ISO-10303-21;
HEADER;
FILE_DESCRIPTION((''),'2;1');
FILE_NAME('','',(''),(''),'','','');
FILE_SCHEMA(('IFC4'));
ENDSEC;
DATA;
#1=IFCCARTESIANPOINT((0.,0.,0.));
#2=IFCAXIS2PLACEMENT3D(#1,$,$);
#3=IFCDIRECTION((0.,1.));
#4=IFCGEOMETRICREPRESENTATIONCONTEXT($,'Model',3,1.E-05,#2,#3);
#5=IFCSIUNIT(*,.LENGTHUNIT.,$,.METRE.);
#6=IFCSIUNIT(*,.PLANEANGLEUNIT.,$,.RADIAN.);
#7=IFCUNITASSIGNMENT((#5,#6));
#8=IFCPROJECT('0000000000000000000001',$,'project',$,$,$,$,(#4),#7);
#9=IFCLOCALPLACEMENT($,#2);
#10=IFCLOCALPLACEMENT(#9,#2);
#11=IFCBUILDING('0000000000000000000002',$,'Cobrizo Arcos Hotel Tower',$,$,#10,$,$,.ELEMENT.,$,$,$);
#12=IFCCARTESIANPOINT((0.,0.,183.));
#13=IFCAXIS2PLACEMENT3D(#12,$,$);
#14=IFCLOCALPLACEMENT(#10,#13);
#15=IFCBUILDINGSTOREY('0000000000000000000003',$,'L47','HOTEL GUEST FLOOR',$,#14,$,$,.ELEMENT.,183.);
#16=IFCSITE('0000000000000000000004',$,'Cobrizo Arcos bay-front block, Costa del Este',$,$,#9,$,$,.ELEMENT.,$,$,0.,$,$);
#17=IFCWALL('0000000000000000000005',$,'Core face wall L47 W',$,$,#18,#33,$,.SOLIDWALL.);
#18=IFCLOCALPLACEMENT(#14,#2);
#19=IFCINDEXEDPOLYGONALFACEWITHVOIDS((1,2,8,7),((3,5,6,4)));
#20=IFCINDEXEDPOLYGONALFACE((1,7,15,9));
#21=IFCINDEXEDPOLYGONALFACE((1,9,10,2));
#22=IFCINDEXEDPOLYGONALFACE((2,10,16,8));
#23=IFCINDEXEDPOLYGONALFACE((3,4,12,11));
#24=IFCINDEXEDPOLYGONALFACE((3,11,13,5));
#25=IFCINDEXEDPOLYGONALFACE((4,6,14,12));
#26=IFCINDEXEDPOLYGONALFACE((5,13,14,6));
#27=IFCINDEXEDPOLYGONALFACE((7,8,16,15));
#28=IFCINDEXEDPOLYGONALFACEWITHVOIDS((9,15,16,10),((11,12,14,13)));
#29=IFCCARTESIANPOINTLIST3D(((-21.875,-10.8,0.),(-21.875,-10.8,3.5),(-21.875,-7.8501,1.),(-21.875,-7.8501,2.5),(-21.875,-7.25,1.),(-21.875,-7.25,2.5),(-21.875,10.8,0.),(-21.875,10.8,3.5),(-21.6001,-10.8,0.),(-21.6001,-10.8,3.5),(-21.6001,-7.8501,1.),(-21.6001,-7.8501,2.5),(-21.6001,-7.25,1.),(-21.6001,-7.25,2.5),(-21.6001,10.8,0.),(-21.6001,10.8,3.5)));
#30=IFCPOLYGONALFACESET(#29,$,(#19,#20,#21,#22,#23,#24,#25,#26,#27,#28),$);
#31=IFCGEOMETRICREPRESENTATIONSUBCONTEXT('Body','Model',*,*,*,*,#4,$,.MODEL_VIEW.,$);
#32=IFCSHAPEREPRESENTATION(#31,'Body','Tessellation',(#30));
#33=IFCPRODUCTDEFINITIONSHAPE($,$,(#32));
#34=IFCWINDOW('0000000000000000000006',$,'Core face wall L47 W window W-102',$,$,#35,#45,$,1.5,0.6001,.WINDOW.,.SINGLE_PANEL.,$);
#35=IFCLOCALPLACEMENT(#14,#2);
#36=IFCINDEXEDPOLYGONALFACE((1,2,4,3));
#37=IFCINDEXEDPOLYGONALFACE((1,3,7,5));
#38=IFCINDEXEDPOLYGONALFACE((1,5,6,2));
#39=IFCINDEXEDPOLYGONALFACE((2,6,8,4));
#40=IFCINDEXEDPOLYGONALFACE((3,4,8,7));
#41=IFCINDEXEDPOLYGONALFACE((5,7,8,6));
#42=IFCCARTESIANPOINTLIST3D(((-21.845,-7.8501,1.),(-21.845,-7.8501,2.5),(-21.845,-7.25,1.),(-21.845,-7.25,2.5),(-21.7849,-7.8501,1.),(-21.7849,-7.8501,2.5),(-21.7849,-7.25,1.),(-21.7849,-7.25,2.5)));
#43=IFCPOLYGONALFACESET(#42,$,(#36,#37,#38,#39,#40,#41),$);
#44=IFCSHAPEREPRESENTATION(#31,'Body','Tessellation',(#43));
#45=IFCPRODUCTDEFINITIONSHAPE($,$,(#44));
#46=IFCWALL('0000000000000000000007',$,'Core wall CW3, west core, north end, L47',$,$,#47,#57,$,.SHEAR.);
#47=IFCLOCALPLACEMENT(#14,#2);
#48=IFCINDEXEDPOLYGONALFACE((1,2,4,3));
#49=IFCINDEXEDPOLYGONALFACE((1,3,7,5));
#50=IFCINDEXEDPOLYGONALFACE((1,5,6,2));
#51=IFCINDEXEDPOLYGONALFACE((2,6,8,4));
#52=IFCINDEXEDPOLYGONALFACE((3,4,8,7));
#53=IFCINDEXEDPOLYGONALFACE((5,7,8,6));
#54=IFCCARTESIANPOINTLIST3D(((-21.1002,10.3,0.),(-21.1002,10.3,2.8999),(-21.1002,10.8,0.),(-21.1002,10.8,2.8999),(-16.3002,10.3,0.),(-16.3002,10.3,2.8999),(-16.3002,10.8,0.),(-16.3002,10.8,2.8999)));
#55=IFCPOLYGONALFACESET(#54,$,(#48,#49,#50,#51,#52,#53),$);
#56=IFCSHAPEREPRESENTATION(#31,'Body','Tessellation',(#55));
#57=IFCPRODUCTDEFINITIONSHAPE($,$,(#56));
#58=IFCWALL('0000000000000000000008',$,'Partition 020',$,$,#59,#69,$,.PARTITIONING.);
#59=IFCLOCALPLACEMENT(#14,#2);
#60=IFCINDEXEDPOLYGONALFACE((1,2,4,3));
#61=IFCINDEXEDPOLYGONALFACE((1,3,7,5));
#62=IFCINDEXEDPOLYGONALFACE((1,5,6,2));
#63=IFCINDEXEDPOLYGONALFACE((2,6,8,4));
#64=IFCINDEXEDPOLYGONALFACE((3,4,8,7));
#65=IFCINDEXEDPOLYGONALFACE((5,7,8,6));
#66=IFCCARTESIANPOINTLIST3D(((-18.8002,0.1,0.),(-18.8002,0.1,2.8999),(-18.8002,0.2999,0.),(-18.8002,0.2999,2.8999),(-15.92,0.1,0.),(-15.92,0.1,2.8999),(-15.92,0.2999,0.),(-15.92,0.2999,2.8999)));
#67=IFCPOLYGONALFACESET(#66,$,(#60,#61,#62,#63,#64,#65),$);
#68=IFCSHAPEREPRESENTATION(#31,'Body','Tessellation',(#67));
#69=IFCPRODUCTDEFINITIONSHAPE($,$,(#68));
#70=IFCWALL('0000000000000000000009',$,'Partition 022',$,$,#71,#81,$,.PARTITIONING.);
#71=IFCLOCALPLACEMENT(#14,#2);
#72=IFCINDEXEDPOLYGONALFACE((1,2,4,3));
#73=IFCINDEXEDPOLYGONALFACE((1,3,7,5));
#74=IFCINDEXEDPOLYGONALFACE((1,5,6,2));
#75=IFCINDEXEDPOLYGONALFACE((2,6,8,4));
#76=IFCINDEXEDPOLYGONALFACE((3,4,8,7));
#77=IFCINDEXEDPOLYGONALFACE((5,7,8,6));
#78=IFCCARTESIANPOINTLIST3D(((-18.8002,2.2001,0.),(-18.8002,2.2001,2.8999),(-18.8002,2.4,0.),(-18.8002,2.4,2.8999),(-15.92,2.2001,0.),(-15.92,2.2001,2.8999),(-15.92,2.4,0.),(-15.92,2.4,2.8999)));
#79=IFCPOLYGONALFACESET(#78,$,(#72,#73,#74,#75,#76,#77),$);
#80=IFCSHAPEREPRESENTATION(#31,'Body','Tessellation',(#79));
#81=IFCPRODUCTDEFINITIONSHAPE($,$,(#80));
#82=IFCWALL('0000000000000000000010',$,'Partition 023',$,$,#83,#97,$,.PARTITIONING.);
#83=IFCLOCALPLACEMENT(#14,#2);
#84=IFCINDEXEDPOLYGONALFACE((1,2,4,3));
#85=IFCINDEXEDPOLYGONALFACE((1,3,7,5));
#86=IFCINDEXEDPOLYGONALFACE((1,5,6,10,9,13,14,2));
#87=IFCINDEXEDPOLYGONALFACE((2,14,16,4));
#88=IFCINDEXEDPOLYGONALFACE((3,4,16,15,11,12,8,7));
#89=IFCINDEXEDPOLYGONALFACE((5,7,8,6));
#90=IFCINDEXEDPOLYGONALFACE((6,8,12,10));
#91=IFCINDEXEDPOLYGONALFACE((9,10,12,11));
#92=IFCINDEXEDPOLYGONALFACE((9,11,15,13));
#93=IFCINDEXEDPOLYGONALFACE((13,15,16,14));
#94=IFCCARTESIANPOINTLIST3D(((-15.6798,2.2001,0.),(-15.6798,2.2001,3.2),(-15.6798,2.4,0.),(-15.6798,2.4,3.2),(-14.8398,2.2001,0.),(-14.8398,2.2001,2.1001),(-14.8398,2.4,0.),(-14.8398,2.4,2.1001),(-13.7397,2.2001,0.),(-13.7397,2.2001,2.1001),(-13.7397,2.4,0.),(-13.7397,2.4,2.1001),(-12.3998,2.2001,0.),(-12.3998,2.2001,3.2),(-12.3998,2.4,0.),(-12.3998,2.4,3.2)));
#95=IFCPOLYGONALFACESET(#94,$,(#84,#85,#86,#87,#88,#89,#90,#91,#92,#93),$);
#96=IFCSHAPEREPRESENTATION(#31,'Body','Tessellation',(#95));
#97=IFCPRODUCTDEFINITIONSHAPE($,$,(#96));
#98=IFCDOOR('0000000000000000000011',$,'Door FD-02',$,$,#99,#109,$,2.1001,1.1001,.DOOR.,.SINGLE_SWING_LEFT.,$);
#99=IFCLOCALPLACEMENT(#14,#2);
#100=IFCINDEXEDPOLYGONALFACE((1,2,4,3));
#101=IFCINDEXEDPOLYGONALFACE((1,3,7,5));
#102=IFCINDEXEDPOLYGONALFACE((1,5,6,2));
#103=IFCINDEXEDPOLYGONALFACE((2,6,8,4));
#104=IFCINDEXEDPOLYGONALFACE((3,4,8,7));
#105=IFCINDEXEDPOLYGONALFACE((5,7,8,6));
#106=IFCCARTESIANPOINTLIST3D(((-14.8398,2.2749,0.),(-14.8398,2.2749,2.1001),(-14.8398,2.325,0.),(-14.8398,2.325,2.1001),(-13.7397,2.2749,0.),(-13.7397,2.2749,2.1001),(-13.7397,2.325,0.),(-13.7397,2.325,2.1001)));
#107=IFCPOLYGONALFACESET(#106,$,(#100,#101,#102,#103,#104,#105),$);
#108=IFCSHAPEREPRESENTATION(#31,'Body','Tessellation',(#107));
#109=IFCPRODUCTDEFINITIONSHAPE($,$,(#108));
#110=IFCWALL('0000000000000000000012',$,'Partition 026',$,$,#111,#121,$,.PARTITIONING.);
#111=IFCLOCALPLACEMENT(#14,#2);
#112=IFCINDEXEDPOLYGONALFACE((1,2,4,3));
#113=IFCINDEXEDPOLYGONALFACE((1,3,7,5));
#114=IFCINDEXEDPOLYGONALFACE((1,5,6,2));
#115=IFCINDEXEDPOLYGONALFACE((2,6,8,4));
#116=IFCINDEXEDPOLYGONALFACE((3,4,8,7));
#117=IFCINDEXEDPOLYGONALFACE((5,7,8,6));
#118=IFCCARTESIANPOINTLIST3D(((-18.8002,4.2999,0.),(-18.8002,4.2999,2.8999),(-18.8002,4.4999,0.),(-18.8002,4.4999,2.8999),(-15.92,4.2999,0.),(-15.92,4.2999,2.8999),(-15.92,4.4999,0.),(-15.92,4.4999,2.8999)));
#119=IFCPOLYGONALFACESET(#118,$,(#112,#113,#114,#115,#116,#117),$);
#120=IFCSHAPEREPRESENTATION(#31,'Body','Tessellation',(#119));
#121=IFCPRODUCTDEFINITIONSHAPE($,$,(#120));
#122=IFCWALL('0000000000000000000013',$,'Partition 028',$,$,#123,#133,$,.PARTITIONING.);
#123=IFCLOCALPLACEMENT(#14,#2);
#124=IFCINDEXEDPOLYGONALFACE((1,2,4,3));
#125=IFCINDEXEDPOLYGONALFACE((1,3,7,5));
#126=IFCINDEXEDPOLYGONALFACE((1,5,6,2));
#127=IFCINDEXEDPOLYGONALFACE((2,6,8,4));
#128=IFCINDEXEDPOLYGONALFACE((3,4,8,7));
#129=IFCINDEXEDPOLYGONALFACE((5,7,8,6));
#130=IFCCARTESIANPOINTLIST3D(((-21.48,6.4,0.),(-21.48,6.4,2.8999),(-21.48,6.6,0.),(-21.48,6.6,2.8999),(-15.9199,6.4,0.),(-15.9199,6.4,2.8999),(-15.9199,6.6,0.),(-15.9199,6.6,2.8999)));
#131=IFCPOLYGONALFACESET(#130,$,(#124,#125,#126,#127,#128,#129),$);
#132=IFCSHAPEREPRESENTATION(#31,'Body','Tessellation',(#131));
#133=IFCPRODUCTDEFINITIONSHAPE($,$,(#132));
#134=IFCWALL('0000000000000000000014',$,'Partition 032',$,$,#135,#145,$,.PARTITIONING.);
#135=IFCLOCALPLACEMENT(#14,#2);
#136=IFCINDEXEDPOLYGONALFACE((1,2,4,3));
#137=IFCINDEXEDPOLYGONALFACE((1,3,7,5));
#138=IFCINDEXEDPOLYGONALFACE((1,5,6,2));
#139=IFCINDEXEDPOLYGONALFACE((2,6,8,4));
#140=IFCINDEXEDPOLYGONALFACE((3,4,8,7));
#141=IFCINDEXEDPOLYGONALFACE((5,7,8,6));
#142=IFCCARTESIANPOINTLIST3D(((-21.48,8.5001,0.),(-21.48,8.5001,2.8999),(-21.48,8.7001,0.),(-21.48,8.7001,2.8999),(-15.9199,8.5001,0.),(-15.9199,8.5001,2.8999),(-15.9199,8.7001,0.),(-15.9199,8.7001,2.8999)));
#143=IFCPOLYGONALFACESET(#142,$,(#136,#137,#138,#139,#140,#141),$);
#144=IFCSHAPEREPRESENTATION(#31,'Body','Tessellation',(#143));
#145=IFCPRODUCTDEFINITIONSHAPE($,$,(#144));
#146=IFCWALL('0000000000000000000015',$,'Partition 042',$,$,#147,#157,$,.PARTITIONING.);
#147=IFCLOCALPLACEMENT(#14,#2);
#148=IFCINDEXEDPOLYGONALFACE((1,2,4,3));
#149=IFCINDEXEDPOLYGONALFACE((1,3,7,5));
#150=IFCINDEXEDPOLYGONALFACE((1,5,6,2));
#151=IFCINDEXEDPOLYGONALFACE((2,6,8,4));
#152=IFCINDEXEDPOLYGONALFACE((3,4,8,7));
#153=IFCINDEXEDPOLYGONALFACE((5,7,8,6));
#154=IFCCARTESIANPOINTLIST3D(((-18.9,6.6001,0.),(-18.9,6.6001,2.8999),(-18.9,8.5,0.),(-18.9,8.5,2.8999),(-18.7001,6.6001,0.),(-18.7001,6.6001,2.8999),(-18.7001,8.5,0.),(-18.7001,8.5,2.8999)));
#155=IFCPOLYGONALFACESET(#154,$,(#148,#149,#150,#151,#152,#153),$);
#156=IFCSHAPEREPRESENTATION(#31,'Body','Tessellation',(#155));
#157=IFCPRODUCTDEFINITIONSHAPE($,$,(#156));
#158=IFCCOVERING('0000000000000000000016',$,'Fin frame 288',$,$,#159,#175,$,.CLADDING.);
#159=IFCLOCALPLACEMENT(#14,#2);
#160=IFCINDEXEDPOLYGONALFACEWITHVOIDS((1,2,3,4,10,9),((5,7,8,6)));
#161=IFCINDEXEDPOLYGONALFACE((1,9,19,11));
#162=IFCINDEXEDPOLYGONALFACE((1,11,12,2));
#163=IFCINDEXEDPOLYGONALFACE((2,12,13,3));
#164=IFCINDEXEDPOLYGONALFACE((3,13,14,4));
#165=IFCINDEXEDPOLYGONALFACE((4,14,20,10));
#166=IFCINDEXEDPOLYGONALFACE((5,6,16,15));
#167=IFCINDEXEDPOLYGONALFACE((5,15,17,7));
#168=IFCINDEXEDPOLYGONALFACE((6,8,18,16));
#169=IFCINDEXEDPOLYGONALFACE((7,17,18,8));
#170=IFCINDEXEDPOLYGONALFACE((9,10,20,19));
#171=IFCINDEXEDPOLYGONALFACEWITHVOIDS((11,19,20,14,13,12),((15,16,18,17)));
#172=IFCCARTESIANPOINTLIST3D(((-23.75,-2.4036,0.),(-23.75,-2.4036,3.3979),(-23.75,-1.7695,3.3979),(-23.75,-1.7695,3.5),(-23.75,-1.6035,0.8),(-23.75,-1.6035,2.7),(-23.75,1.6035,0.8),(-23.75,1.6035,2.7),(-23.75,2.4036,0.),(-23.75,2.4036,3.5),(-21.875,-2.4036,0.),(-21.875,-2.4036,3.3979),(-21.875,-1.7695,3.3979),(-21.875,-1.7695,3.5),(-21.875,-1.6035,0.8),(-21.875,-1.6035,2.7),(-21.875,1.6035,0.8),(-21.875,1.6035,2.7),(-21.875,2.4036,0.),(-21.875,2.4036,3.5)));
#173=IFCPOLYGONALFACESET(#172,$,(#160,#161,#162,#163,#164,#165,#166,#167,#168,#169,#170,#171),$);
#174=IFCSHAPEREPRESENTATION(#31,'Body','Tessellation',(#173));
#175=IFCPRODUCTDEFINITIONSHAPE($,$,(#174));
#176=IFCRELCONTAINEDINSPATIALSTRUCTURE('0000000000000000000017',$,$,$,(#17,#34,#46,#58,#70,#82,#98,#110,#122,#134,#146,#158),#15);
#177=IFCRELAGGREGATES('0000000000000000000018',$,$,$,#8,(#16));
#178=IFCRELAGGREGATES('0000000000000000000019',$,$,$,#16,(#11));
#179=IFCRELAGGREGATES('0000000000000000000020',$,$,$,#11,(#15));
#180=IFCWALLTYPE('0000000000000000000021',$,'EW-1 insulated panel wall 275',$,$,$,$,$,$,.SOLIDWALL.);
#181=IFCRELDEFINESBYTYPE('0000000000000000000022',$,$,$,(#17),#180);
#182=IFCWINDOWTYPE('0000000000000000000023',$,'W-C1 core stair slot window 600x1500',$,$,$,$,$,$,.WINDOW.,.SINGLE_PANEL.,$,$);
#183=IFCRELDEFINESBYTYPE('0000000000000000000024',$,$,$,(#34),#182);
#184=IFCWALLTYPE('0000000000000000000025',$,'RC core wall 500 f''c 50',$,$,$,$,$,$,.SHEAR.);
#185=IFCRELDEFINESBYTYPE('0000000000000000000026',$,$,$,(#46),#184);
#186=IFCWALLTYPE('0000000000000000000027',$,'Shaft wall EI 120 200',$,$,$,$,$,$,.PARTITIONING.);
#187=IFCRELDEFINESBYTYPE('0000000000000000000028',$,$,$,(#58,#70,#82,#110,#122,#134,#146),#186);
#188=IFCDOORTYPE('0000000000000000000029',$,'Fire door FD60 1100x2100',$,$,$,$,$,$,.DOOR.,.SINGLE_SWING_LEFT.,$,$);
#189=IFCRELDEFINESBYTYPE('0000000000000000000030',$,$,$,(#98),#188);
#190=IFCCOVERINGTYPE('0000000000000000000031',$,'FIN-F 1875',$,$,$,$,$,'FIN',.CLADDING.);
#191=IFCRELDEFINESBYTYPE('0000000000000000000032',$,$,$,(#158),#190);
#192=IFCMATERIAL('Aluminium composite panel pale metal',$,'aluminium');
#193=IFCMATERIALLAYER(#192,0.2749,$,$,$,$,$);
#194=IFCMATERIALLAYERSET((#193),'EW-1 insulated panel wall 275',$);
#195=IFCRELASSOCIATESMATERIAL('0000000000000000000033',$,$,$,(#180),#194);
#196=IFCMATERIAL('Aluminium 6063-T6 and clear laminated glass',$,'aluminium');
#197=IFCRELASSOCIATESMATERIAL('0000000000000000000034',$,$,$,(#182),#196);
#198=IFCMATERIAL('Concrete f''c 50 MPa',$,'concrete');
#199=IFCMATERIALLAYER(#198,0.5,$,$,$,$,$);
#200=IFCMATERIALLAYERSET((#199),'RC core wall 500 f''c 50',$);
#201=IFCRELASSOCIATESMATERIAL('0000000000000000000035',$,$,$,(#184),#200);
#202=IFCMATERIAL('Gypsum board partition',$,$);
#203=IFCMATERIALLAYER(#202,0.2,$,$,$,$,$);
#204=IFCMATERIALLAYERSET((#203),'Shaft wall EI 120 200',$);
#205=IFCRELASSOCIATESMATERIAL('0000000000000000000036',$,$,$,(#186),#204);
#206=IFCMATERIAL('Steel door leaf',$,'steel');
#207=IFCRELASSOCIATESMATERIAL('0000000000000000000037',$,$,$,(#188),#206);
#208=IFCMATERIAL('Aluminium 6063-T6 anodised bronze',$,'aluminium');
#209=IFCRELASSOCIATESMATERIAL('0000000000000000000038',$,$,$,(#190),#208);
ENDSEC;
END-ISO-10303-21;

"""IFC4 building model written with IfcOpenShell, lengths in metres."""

from ifc_helpers import new_model, si_unit, direction, frame, frame_2d, origin, place, context, subcontext, project, spatial, polyline, rectangle, outline, extrude, material, layer, layer_set, type_object, element, fill, save


model = new_model("IFC4")

# Units and contexts
model_context = context("Model", 3, precision=1e-05, world=origin(), true_north=direction((0.0, 1.0)))
body_context = subcontext(model_context, "Body", "Model", "MODEL_VIEW")
ifc_project = project(units=[si_unit("LENGTHUNIT", "METRE"), si_unit("PLANEANGLEUNIT", "RADIAN")], contexts=[model_context])

# Site, building, storey
site_placement = place(None, origin())
site = spatial("IfcSite", under=ifc_project, at=site_placement, Name="Cobrizo Arcos bay-front block, Costa del Este", CompositionType="ELEMENT", RefElevation=0.0)
building_placement = place(site_placement, origin())
building = spatial("IfcBuilding", under=site, at=building_placement, Name="Cobrizo Arcos Hotel Tower", CompositionType="ELEMENT")
storey_placement = place(building_placement, frame((0.0, 0.0, 183.0)))
storey = spatial("IfcBuildingStorey", under=building, at=storey_placement, Name="L47", Description="HOTEL GUEST FLOOR", CompositionType="ELEMENT", Elevation=183.0)

# Shared definitions
ifc_material_1 = material(Name="Aluminium 6063-T6 anodised bronze", Category="aluminium")

# Shared definitions
ifc_material_2 = material(Name="Aluminium composite panel pale metal", Category="aluminium")

# Shared definitions
ifc_material_3 = material(Name="Gypsum board partition")

# Wall, opening, window
ifc_layer_1 = layer(ifc_material_2, 0.2749)
ifc_layer_set_1 = layer_set([ifc_layer_1], Name="EW-1 insulated panel wall 275")
wall_type_1 = type_object("IfcWallType", Name="EW-1 insulated panel wall 275", PredefinedType="SOLIDWALL", material=ifc_layer_set_1)
wall_1_placement = place(storey_placement, frame((-21.7375, 10.8, 0.0), z_axis=(0.0, 0.0, 1.0), x_axis=(0.0, -1.0, 0.0)))
wall_1 = element("IfcWall", 1, at=wall_1_placement, inside=storey, type_object=wall_type_1, Name="Core face wall L47 W", PredefinedType="SOLIDWALL", context=body_context, shape_type="SweptSolid", body=[
    extrude(rectangle(XDim=21.6001, YDim=0.2749, at=frame_2d((10.8, 0.0))), origin(), (0.0, 0.0, 1.0), 3.5),
])
opening_1_placement = place(wall_1_placement, frame((18.05, 0.0, 1.0)))
opening_1 = element("IfcOpeningElement", 2, at=opening_1_placement, cuts=wall_1, PredefinedType="OPENING", context=body_context, shape_type="SweptSolid", body=[
    extrude(rectangle(XDim=0.6001, YDim=1.5, at=frame_2d((0.3, 0.75))), frame((0.0, 0.1494, 0.0), z_axis=(0.0, -1.0, 0.0), x_axis=(1.0, 0.0, 0.0)), (0.0, 0.0, 1.0), 0.2988),
])
ifc_material_4 = material(Name="Aluminium 6063-T6 and clear laminated glass", Category="aluminium")
window_type = type_object("IfcWindowType", Name="W-C1 core stair slot window 600x1500", PartitioningType="SINGLE_PANEL", PredefinedType="WINDOW", material=ifc_material_4)
window_placement = place(opening_1_placement, origin())
window = element("IfcWindow", 3, at=window_placement, inside=storey, type_object=window_type, Name="Core face wall L47 W window W-102", OverallHeight=1.5, OverallWidth=0.6001, PartitioningType="SINGLE_PANEL", PredefinedType="WINDOW", context=body_context, shape_type="SweptSolid", body=[
    extrude(rectangle(XDim=0.6001, YDim=1.5, at=frame_2d((0.3, 0.75))), frame((0.0, -0.0474, 0.0), z_axis=(0.0, -1.0, 0.0), x_axis=(1.0, 0.0, 0.0)), (0.0, 0.0, 1.0), 0.0601),
])
fill(opening_1, window)

# Walls
ifc_material_5 = material(Name="Concrete f'c 50 MPa", Category="concrete")
ifc_layer_2 = layer(ifc_material_5, 0.5)
ifc_layer_set_2 = layer_set([ifc_layer_2], Name="RC core wall 500 f'c 50")
wall_type_2 = type_object("IfcWallType", Name="RC core wall 500 f'c 50", PredefinedType="SHEAR", material=ifc_layer_set_2)
wall_2_placement = place(storey_placement, frame((-21.1001, 10.55, 0.0), z_axis=(0.0, 0.0, 1.0), x_axis=(1.0, 0.0, 0.0)))
element("IfcWall", 4, at=wall_2_placement, inside=storey, type_object=wall_type_2, Name="Core wall CW3, west core, north end, L47", PredefinedType="SHEAR", context=body_context, shape_type="SweptSolid", body=[
    extrude(rectangle(XDim=4.8, YDim=0.5, at=frame_2d((2.3999, 0.0))), origin(), (0.0, 0.0, 1.0), 2.8999),
])
ifc_layer_3 = layer(ifc_material_3, 0.2)
ifc_layer_set_3 = layer_set([ifc_layer_3], Name="Shaft wall EI 120 200")
wall_type_3 = type_object("IfcWallType", Name="Shaft wall EI 120 200", PredefinedType="PARTITIONING", material=ifc_layer_set_3)
for number, where, z_axis, x_axis, name in (
    (5, (-18.8, 0.2, 0.0), (0.0, 0.0, 1.0), (1.0, 0.0, 0.0), "Partition 020"),
    (6, (-18.8, 2.3, 0.0), (0.0, 0.0, 1.0), (1.0, 0.0, 0.0), "Partition 022"),
):
    element("IfcWall", number, at=place(storey_placement, frame(where, z_axis=z_axis, x_axis=x_axis)), inside=storey, type_object=wall_type_3, Name=name, PredefinedType="PARTITIONING", context=body_context, shape_type="SweptSolid", body=[
        extrude(rectangle(XDim=2.8801, YDim=0.2, at=frame_2d((1.4399, 0.0))), origin(), (0.0, 0.0, 1.0), 2.8999),
    ])

# Wall, opening, door
wall_3_placement = place(storey_placement, frame((-15.6799, 2.3, 0.0), z_axis=(0.0, 0.0, 1.0), x_axis=(1.0, 0.0, 0.0)))
wall_3 = element("IfcWall", 7, at=wall_3_placement, inside=storey, type_object=wall_type_3, Name="Partition 023", PredefinedType="PARTITIONING", context=body_context, shape_type="SweptSolid", body=[
    extrude(rectangle(XDim=3.28, YDim=0.2, at=frame_2d((1.6401, 0.0))), origin(), (0.0, 0.0, 1.0), 3.2),
])
opening_2_placement = place(wall_3_placement, frame((0.8401, 0.0, 0.0)))
opening_2 = element("IfcOpeningElement", 8, at=opening_2_placement, cuts=wall_3, PredefinedType="OPENING", context=body_context, shape_type="SweptSolid", body=[
    extrude(rectangle(XDim=1.1001, YDim=2.1001, at=frame_2d((0.55, 1.05))), frame((0.0, 0.1121, 0.0), z_axis=(0.0, -1.0, 0.0), x_axis=(1.0, 0.0, 0.0)), (0.0, 0.0, 1.0), 0.2239),
])
ifc_material_6 = material(Name="Steel door leaf", Category="steel")
door_type_1 = type_object("IfcDoorType", Name="Fire door FD60 1100x2100", OperationType="SINGLE_SWING_LEFT", PredefinedType="DOOR", material=ifc_material_6)
door_1_placement = place(opening_2_placement, origin())
door_1 = element("IfcDoor", 9, at=door_1_placement, inside=storey, type_object=door_type_1, Name="Door FD-02", OperationType="SINGLE_SWING_LEFT", OverallHeight=2.1001, OverallWidth=1.1001, PredefinedType="DOOR", context=body_context, shape_type="SweptSolid", body=[
    extrude(rectangle(XDim=1.1001, YDim=2.1001, at=frame_2d((0.55, 1.05))), frame((0.0, 0.0249, 0.0), z_axis=(0.0, -1.0, 0.0), x_axis=(1.0, 0.0, 0.0)), (0.0, 0.0, 1.0), 0.05),
])
fill(opening_2, door_1)

# Walls
wall_4_placement = place(storey_placement, frame((-18.8, 4.3999, 0.0), z_axis=(0.0, 0.0, 1.0), x_axis=(1.0, 0.0, 0.0)))
element("IfcWall", 10, at=wall_4_placement, inside=storey, type_object=wall_type_3, Name="Partition 026", PredefinedType="PARTITIONING", context=body_context, shape_type="SweptSolid", body=[
    extrude(rectangle(XDim=2.8801, YDim=0.2, at=frame_2d((1.4399, 0.0))), origin(), (0.0, 0.0, 1.0), 2.8999),
])
for number, where, z_axis, x_axis, name in (
    (11, (-21.48, 6.5, 0.0), (0.0, 0.0, 1.0), (1.0, 0.0, 0.0), "Partition 028"),
    (12, (-21.48, 8.6001, 0.0), (0.0, 0.0, 1.0), (1.0, 0.0, 0.0), "Partition 032"),
):
    element("IfcWall", number, at=place(storey_placement, frame(where, z_axis=z_axis, x_axis=x_axis)), inside=storey, type_object=wall_type_3, Name=name, PredefinedType="PARTITIONING", context=body_context, shape_type="SweptSolid", body=[
        extrude(rectangle(XDim=5.5601, YDim=0.2, at=frame_2d((2.78, 0.0))), origin(), (0.0, 0.0, 1.0), 2.8999),
    ])
wall_5_placement = place(storey_placement, frame((-18.8, 6.6001, 0.0), z_axis=(0.0, 0.0, 1.0), x_axis=(0.0, 1.0, 0.0)))
element("IfcWall", 13, at=wall_5_placement, inside=storey, type_object=wall_type_3, Name="Partition 042", PredefinedType="PARTITIONING", context=body_context, shape_type="SweptSolid", body=[
    extrude(rectangle(XDim=1.8999, YDim=0.2, at=frame_2d((0.95, 0.0))), origin(), (0.0, 0.0, 1.0), 2.8999),
])

# Covering
covering_type_1 = type_object("IfcCoveringType", Name="FIN-F 1875", ElementType="FIN", PredefinedType="CLADDING", material=ifc_material_1)
covering_1_placement = place(storey_placement, frame((-21.875, 2.4036, 0.0), z_axis=(-1.0, 0.0, 0.0), x_axis=(0.0, -1.0, 0.0)))
element("IfcCovering", 14, at=covering_1_placement, inside=storey, type_object=covering_type_1, Name="Fin frame 288", PredefinedType="CLADDING", context=body_context, shape_type="SweptSolid", body=[
    extrude(outline(polyline([(4.8071, 0.0), (4.8071, 3.3979), (4.1731, 3.3979), (4.1731, 3.5), (0.0, 3.5), (0.0, 0.0), (4.8071, 0.0)]), holes=[polyline([(4.0071, 0.8), (0.8, 0.8), (0.8, 2.7), (4.0071, 2.7), (4.0071, 0.8)])]), origin(), (0.0, 0.0, 1.0), 1.875),
])

save(model, "model.ifc")
